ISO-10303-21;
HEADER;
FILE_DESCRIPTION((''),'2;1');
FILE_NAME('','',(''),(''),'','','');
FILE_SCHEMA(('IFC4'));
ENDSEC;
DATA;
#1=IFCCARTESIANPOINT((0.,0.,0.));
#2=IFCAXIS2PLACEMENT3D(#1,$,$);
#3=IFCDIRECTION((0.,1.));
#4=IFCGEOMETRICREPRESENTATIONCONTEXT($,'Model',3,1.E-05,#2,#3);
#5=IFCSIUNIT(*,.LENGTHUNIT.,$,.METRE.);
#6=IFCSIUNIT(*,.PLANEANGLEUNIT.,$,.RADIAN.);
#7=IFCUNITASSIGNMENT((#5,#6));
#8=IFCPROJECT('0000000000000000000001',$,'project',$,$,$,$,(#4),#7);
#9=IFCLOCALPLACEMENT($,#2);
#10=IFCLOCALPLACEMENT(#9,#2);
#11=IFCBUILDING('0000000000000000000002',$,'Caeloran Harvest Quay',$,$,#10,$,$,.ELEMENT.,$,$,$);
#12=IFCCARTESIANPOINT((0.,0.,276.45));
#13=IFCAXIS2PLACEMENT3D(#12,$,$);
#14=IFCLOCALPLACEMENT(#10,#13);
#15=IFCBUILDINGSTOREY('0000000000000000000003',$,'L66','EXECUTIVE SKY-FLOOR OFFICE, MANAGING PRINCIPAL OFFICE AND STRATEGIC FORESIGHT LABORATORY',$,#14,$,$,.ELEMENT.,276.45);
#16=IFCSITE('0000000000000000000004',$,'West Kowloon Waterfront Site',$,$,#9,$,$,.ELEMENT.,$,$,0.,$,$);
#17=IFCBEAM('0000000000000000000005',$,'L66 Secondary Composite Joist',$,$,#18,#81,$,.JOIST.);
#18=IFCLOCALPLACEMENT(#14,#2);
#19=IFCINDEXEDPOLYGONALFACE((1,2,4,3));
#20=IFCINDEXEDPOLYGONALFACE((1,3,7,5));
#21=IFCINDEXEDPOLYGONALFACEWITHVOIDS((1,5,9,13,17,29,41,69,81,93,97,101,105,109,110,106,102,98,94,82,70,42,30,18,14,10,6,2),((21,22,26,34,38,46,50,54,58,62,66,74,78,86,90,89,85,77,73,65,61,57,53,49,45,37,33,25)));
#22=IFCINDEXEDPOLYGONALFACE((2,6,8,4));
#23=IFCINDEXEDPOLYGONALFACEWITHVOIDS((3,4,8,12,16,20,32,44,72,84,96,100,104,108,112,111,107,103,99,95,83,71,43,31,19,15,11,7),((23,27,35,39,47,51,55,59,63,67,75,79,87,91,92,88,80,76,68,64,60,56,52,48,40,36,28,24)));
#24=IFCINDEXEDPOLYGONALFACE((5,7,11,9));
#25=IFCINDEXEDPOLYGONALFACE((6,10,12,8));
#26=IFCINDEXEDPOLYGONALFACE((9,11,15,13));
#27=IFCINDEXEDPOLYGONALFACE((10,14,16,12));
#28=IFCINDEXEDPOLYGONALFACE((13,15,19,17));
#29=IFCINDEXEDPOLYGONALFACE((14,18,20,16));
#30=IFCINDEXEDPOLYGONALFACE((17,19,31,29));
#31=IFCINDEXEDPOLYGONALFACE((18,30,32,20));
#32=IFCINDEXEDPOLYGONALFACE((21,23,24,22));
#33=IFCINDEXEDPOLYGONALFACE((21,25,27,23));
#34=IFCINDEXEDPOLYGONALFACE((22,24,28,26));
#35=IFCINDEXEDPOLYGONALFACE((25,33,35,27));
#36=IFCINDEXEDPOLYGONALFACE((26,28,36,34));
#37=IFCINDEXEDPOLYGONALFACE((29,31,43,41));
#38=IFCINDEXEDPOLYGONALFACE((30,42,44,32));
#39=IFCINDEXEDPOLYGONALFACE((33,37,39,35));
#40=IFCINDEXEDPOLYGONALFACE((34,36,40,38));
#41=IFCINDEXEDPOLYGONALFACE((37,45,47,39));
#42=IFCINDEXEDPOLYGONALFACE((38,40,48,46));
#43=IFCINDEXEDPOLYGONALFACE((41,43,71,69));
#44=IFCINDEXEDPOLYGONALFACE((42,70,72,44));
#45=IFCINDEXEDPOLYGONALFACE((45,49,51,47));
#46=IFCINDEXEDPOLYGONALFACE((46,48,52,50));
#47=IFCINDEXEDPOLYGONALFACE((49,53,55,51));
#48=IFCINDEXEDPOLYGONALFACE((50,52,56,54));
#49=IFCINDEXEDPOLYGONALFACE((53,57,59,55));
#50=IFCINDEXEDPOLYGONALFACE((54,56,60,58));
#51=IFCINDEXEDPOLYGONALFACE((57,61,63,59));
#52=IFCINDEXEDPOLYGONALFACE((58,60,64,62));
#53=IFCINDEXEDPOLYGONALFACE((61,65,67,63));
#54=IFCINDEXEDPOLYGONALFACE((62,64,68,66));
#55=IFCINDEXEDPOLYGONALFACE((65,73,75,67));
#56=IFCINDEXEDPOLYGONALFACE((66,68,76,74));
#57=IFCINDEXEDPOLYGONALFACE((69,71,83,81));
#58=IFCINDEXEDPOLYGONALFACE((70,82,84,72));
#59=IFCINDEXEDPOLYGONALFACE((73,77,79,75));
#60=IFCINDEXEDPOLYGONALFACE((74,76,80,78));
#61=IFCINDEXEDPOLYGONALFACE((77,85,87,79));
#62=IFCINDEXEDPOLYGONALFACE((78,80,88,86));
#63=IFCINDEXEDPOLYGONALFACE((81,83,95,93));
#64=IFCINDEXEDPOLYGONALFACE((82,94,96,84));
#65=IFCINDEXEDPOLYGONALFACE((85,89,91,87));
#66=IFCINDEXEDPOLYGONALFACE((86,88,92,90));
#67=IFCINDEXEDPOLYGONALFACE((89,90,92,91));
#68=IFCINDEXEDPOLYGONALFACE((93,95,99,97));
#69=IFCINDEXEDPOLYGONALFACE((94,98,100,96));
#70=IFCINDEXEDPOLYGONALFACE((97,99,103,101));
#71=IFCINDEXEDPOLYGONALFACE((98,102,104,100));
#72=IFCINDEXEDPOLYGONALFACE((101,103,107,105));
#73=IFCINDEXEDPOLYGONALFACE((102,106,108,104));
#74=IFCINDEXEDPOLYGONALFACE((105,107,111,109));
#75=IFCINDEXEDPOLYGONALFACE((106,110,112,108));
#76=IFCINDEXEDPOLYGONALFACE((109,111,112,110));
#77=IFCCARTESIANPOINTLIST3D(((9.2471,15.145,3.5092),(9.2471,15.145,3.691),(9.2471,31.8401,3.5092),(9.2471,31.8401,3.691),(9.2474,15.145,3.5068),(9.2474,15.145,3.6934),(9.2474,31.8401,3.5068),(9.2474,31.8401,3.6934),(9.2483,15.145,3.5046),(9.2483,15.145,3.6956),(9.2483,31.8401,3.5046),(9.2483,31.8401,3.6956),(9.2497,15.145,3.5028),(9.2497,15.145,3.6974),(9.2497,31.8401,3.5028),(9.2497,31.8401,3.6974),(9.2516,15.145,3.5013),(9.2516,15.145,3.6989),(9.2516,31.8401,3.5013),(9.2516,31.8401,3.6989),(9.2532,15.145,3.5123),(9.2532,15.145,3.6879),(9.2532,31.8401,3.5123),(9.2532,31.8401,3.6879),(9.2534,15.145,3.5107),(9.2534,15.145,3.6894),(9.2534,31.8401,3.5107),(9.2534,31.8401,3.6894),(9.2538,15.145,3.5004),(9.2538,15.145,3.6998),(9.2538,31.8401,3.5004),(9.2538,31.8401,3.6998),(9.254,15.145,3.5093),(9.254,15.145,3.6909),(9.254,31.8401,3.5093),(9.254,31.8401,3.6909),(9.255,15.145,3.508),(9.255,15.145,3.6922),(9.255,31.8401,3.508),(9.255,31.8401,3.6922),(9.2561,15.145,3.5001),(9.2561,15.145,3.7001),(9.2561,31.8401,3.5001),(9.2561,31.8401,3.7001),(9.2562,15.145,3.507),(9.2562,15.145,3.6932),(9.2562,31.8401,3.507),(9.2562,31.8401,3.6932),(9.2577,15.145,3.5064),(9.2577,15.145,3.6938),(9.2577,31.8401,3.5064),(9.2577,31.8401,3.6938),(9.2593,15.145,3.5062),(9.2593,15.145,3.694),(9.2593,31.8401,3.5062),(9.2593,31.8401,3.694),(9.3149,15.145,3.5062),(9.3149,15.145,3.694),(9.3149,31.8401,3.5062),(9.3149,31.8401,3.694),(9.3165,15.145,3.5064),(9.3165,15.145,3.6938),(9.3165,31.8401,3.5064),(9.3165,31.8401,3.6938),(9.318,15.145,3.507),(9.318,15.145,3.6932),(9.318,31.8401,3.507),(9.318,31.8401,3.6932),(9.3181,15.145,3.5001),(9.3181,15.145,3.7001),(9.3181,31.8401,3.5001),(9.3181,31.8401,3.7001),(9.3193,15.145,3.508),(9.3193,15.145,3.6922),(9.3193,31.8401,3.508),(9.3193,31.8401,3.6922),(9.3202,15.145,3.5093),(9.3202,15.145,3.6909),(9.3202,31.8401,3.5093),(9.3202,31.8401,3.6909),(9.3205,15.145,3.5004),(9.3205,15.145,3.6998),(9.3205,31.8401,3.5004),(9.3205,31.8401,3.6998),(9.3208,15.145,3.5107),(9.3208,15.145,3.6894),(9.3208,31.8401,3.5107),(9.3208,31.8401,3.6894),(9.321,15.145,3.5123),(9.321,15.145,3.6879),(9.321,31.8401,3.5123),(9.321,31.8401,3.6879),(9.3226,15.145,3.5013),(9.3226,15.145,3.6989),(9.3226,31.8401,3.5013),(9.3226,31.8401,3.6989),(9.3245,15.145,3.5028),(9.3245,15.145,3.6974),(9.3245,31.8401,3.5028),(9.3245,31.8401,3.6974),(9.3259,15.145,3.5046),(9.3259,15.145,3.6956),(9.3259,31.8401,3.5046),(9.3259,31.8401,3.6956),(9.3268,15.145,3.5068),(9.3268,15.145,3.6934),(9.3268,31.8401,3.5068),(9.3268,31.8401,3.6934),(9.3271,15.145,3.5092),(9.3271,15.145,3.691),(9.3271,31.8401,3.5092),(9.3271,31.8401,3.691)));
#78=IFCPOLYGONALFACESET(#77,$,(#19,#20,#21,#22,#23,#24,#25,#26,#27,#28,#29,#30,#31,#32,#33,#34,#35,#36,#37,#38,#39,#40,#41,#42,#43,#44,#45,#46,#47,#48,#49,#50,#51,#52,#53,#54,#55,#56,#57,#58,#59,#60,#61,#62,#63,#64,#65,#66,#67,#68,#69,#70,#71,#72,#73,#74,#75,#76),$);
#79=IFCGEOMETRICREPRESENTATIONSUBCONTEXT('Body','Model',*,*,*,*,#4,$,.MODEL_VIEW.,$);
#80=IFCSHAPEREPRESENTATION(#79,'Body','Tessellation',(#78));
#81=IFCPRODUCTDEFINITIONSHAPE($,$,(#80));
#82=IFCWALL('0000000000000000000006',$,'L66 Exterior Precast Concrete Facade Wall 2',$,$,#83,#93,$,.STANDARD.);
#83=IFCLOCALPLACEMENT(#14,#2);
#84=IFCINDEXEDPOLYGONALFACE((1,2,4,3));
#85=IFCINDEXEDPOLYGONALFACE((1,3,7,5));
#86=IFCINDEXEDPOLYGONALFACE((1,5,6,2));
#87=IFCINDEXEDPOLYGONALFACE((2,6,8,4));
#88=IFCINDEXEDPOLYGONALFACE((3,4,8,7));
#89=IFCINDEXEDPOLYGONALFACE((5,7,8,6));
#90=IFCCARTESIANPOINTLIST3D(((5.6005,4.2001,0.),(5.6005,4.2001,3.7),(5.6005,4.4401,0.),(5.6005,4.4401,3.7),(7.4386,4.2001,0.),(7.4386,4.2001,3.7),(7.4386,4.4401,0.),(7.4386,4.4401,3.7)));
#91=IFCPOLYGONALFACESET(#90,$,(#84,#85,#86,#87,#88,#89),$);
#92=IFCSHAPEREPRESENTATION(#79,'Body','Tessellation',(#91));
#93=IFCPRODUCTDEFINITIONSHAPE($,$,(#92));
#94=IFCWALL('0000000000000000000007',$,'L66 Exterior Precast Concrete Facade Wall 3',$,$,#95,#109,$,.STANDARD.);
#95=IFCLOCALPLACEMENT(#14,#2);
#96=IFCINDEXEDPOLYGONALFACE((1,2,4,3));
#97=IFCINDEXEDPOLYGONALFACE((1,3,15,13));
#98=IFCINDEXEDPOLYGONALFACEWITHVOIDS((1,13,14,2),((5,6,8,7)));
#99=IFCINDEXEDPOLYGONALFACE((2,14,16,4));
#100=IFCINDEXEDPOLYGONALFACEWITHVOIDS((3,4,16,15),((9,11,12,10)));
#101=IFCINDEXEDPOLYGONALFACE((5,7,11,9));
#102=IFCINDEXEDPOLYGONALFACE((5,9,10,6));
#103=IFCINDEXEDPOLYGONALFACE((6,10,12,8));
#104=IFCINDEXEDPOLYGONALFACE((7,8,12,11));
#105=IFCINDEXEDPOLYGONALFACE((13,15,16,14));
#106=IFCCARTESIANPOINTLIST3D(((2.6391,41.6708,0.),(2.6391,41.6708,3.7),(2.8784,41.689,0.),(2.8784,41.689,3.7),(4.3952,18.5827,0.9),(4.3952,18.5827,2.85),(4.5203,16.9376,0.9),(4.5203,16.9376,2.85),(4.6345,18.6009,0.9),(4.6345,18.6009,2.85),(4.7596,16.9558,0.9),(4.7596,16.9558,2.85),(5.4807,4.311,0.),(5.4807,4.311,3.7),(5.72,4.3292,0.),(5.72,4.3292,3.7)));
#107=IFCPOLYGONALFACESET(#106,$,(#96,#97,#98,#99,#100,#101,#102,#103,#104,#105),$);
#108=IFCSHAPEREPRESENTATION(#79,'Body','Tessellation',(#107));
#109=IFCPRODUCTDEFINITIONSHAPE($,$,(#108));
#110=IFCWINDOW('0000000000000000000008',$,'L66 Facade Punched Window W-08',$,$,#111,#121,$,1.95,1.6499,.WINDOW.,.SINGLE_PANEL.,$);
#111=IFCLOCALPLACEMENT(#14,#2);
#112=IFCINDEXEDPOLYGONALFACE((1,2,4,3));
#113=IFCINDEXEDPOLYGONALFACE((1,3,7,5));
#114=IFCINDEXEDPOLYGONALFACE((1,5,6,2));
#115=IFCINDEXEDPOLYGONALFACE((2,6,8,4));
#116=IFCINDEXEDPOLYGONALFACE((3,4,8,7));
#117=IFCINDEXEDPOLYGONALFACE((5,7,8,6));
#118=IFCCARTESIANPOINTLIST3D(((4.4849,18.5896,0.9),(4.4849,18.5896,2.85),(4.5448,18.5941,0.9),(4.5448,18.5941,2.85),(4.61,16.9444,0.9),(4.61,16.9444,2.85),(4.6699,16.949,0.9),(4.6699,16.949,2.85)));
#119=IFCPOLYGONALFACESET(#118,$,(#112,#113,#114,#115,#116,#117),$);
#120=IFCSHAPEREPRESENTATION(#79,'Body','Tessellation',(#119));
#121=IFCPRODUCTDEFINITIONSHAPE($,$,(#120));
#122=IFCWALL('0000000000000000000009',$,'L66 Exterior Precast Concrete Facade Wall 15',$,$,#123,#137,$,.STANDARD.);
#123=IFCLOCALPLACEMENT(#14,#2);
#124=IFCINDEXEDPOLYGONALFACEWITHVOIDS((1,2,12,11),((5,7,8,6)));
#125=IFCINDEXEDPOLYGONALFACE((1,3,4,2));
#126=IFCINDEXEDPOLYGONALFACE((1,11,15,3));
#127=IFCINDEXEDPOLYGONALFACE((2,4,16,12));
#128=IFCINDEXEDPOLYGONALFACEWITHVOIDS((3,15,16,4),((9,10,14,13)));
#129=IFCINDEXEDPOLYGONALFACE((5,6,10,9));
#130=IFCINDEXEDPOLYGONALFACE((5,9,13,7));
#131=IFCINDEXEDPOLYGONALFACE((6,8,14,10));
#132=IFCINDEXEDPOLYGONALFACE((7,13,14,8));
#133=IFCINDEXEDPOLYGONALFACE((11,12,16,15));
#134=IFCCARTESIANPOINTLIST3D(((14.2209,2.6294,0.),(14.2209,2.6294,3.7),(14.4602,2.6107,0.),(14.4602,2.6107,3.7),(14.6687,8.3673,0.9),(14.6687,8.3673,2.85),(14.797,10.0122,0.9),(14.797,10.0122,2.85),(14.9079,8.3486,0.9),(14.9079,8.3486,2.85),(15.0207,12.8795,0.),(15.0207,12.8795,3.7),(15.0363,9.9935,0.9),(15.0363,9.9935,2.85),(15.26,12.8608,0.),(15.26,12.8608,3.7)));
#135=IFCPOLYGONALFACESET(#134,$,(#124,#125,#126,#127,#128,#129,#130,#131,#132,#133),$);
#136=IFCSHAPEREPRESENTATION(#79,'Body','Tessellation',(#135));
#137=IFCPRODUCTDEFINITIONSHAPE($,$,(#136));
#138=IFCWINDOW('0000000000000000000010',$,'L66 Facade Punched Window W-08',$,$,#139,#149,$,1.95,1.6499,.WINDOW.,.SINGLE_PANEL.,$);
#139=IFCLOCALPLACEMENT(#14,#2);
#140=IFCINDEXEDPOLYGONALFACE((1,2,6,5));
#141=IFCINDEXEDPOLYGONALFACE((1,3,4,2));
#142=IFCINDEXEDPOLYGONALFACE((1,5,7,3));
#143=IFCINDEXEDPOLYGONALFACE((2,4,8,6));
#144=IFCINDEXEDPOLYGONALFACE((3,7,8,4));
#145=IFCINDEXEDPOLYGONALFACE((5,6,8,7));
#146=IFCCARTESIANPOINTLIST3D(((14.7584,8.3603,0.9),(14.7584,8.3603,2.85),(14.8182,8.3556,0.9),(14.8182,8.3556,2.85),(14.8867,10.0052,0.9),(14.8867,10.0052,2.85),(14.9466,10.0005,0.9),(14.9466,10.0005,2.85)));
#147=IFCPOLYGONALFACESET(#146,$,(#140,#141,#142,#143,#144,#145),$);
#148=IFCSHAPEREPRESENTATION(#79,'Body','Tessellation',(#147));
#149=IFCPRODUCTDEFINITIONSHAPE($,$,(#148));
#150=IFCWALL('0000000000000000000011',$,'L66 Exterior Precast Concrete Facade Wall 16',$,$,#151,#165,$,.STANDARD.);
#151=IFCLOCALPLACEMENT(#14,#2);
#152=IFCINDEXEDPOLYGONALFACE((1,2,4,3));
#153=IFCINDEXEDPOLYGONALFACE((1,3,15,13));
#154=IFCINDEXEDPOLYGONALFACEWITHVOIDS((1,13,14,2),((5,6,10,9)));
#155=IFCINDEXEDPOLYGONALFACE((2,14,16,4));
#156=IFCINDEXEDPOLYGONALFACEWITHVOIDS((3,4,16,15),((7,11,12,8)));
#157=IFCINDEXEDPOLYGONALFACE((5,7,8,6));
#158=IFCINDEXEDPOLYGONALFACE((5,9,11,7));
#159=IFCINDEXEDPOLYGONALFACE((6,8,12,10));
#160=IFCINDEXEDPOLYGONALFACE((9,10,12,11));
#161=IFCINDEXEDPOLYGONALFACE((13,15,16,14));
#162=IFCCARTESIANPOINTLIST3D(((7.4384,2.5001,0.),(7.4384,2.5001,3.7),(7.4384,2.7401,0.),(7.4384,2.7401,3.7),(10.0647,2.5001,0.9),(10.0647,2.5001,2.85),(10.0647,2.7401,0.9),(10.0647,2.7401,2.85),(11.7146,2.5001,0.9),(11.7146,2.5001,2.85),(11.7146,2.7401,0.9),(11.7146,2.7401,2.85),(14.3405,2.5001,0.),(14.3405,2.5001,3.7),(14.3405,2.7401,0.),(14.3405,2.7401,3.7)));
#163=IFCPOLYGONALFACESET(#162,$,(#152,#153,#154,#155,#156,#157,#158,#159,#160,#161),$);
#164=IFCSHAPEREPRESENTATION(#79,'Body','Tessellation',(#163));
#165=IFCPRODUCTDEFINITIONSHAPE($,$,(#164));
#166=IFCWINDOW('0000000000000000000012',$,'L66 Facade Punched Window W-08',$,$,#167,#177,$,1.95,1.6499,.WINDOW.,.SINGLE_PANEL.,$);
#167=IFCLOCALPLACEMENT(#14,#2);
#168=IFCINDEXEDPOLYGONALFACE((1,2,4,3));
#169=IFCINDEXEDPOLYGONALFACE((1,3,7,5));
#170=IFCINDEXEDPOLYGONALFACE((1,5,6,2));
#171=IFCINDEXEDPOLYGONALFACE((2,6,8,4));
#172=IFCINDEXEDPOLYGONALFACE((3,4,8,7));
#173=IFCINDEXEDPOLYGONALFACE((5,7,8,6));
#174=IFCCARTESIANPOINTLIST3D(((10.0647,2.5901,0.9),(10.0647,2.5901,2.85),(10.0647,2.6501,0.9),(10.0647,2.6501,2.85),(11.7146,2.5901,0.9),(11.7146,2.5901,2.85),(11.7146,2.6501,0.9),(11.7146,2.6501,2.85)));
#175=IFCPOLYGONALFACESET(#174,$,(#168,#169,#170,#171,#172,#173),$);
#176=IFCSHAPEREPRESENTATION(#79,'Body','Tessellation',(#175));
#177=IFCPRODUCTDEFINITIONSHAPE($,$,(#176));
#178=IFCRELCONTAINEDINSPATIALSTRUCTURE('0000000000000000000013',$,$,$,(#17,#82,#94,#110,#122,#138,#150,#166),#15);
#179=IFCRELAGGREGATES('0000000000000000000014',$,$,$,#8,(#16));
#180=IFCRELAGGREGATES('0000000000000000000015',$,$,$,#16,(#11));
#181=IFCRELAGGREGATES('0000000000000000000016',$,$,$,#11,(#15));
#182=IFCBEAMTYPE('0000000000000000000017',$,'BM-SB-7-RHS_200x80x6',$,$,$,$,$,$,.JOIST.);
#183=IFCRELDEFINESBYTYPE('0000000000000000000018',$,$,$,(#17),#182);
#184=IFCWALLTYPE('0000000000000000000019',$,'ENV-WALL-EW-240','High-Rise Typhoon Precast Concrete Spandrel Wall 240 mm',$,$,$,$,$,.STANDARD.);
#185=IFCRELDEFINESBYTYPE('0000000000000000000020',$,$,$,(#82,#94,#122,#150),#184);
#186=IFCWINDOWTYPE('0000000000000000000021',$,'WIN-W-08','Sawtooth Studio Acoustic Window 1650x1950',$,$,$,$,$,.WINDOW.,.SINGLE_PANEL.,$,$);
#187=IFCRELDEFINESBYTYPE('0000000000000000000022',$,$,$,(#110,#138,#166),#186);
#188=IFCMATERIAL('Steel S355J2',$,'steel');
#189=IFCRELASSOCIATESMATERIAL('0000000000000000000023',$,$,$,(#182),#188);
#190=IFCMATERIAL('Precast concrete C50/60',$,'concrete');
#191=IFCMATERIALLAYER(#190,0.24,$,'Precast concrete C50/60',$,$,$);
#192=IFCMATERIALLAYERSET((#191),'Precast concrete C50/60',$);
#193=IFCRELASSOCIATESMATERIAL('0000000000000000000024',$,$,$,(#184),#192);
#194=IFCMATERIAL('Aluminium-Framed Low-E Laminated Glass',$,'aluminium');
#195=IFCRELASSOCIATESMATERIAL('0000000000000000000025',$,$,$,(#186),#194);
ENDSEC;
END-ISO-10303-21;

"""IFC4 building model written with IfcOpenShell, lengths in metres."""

from ifc_helpers import new_model, si_unit, direction, frame, frame_2d, origin, origin_2d, place, context, subcontext, project, spatial, rectangle, hollow_rectangle, extrude, material, layer, layer_set, material_profile, profile_set, type_object, element, fill, save


model = new_model("IFC4")

# Units and contexts
model_context = context("Model", 3, precision=1e-05, world=origin(), true_north=direction((0.0, 1.0)))
body_context = subcontext(model_context, "Body", "Model", "MODEL_VIEW")
ifc_project = project(units=[si_unit("LENGTHUNIT", "METRE"), si_unit("PLANEANGLEUNIT", "RADIAN")], contexts=[model_context])

# Site, building, storey
site_placement = place(None, origin())
site = spatial("IfcSite", under=ifc_project, at=site_placement, Name="West Kowloon Waterfront Site", CompositionType="ELEMENT", RefElevation=0.0)
building_placement = place(site_placement, origin())
building = spatial("IfcBuilding", under=site, at=building_placement, Name="Caeloran Harvest Quay", CompositionType="ELEMENT")
storey_placement = place(building_placement, frame((0.0, 0.0, 276.45)))
storey = spatial("IfcBuildingStorey", under=building, at=storey_placement, Name="L66", Description="EXECUTIVE SKY-FLOOR OFFICE, MANAGING PRINCIPAL OFFICE AND STRATEGIC FORESIGHT LABORATORY", CompositionType="ELEMENT", Elevation=276.45)

# Beam
ifc_material_1 = material(Name="Steel S355J2", Category="steel")
ifc_material_profile_1 = material_profile(ifc_material_1, hollow_rectangle(XDim=0.0801, YDim=0.2, WallThickness=0.0061, InnerFilletRadius=0.0061, OuterFilletRadius=0.009, at=origin_2d()), Name="RHS 200x80x6")
ifc_profile_set_1 = profile_set([ifc_material_profile_1], Name="Steel S355J2")
beam_type_1 = type_object("IfcBeamType", Name="BM-SB-7-RHS_200x80x6", PredefinedType="JOIST", material=ifc_profile_set_1)
for number, where, z_axis, x_axis, name in (
    (1, (9.2871, 15.145, 3.6001), (0.0, 1.0, 0.0), (-1.0, 0.0, 0.0), "L66 Secondary Composite Joist"),
):
    element("IfcBeam", number, at=place(storey_placement, frame(where, z_axis=z_axis, x_axis=x_axis)), inside=storey, type_object=beam_type_1, Name=name, PredefinedType="JOIST", context=body_context, shape_type="SweptSolid", body=[
        extrude(hollow_rectangle(XDim=0.0801, YDim=0.2, WallThickness=0.0061, InnerFilletRadius=0.0061, OuterFilletRadius=0.009, at=origin_2d()), origin(), (0.0, 0.0, 1.0), 16.6951),
    ])

# Wall
ifc_material_2 = material(Name="Precast concrete C50/60", Category="concrete")
ifc_layer_1 = layer(ifc_material_2, 0.24, Name="Precast concrete C50/60")
ifc_layer_set_1 = layer_set([ifc_layer_1], Name="Precast concrete C50/60")
wall_type_1 = type_object("IfcWallType", Name="ENV-WALL-EW-240", Description="High-Rise Typhoon Precast Concrete Spandrel Wall 240 mm", PredefinedType="STANDARD", material=ifc_layer_set_1)
wall_1_placement = place(storey_placement, frame((7.4385, 4.3201, 0.0), z_axis=(0.0, 0.0, 1.0), x_axis=(-1.0, 0.0, 0.0)))
element("IfcWall", 2, at=wall_1_placement, inside=storey, type_object=wall_type_1, Name="L66 Exterior Precast Concrete Facade Wall 2", PredefinedType="STANDARD", context=body_context, shape_type="SweptSolid", body=[
    extrude(rectangle(XDim=1.8381, YDim=0.24, at=frame_2d((0.9189, 0.0))), origin(), (0.0, 0.0, 1.0), 3.7),
])

# Walls, openings, windows
wall_2_placement = place(storey_placement, frame((5.6003, 4.3201, 0.0), z_axis=(0.0, 0.0, 1.0), x_axis=(-0.07584, 0.99712, 0.0)))
wall_2 = element("IfcWall", 3, at=wall_2_placement, inside=storey, type_object=wall_type_1, Name="L66 Exterior Precast Concrete Facade Wall 3", PredefinedType="STANDARD", context=body_context, shape_type="SweptSolid", body=[
    extrude(rectangle(XDim=37.4678, YDim=0.24, at=frame_2d((18.7339, 0.0))), origin(), (0.0, 0.0, 1.0), 3.7),
])
opening_1_placement = place(wall_2_placement, frame((12.6631, 0.0, 0.8999)))
opening_1 = element("IfcOpeningElement", 4, at=opening_1_placement, cuts=wall_2, PredefinedType="OPENING", context=body_context, shape_type="SweptSolid", body=[
    extrude(rectangle(XDim=1.6499, YDim=1.95, at=frame_2d((0.825, 0.9751))), frame((0.0, 0.1299, 0.0), z_axis=(0.0, -1.0, 0.0), x_axis=(1.0, 0.0, 0.0)), (0.0, 0.0, 1.0), 0.26),
])
ifc_material_3 = material(Name="Aluminium-Framed Low-E Laminated Glass", Category="aluminium")
window_type = type_object("IfcWindowType", Name="WIN-W-08", Description="Sawtooth Studio Acoustic Window 1650x1950", PartitioningType="SINGLE_PANEL", PredefinedType="WINDOW", material=ifc_material_3)
window_1_placement = place(opening_1_placement, origin())
window_1 = element("IfcWindow", 5, at=window_1_placement, inside=storey, type_object=window_type, Name="L66 Facade Punched Window W-08", OverallHeight=1.95, OverallWidth=1.6499, PartitioningType="SINGLE_PANEL", PredefinedType="WINDOW", context=body_context, shape_type="SweptSolid", body=[
    extrude(rectangle(XDim=1.6499, YDim=1.95, at=frame_2d((0.825, 0.9751))), frame((0.0, 0.03, 0.0), z_axis=(0.0, -1.0, 0.0), x_axis=(1.0, 0.0, 0.0)), (0.0, 0.0, 1.0), 0.0601),
])
fill(opening_1, window_1)
wall_3_placement = place(storey_placement, frame((15.1404, 12.8701, 0.0), z_axis=(0.0, 0.0, 1.0), x_axis=(-0.077793, -0.99697, 0.0)))
wall_3 = element("IfcWall", 6, at=wall_3_placement, inside=storey, type_object=wall_type_1, Name="L66 Exterior Precast Concrete Facade Wall 15", PredefinedType="STANDARD", context=body_context, shape_type="SweptSolid", body=[
    extrude(rectangle(XDim=10.2812, YDim=0.24, at=frame_2d((5.1406, 0.0))), origin(), (0.0, 0.0, 1.0), 3.7),
])
opening_2_placement = place(wall_3_placement, frame((2.876, 0.0, 0.8999)))
opening_2 = element("IfcOpeningElement", 7, at=opening_2_placement, cuts=wall_3, PredefinedType="OPENING", context=body_context, shape_type="SweptSolid", body=[
    extrude(rectangle(XDim=1.6499, YDim=1.95, at=frame_2d((0.825, 0.9751))), frame((0.0, 0.1299, 0.0), z_axis=(0.0, -1.0, 0.0), x_axis=(1.0, 0.0, 0.0)), (0.0, 0.0, 1.0), 0.26),
])
window_2_placement = place(opening_2_placement, origin())
window_2 = element("IfcWindow", 8, at=window_2_placement, inside=storey, type_object=window_type, Name="L66 Facade Punched Window W-08", OverallHeight=1.95, OverallWidth=1.6499, PartitioningType="SINGLE_PANEL", PredefinedType="WINDOW", context=body_context, shape_type="SweptSolid", body=[
    extrude(rectangle(XDim=1.6499, YDim=1.95, at=frame_2d((0.825, 0.9751))), frame((0.0, 0.03, 0.0), z_axis=(0.0, -1.0, 0.0), x_axis=(1.0, 0.0, 0.0)), (0.0, 0.0, 1.0), 0.0601),
])
fill(opening_2, window_2)
wall_4_placement = place(storey_placement, frame((14.3406, 2.6201, 0.0), z_axis=(0.0, 0.0, 1.0), x_axis=(-1.0, 0.0, 0.0)))
wall_4 = element("IfcWall", 9, at=wall_4_placement, inside=storey, type_object=wall_type_1, Name="L66 Exterior Precast Concrete Facade Wall 16", PredefinedType="STANDARD", context=body_context, shape_type="SweptSolid", body=[
    extrude(rectangle(XDim=6.9021, YDim=0.24, at=frame_2d((3.4512, 0.0))), origin(), (0.0, 0.0, 1.0), 3.7),
])
opening_3_placement = place(wall_4_placement, frame((2.626, 0.0, 0.8999)))
opening_3 = element("IfcOpeningElement", 10, at=opening_3_placement, cuts=wall_4, PredefinedType="OPENING", context=body_context, shape_type="SweptSolid", body=[
    extrude(rectangle(XDim=1.6499, YDim=1.95, at=frame_2d((0.825, 0.9751))), frame((0.0, 0.1299, 0.0), z_axis=(0.0, -1.0, 0.0), x_axis=(1.0, 0.0, 0.0)), (0.0, 0.0, 1.0), 0.26),
])
window_3_placement = place(opening_3_placement, origin())
window_3 = element("IfcWindow", 11, at=window_3_placement, inside=storey, type_object=window_type, Name="L66 Facade Punched Window W-08", OverallHeight=1.95, OverallWidth=1.6499, PartitioningType="SINGLE_PANEL", PredefinedType="WINDOW", context=body_context, shape_type="SweptSolid", body=[
    extrude(rectangle(XDim=1.6499, YDim=1.95, at=frame_2d((0.825, 0.9751))), frame((0.0, 0.03, 0.0), z_axis=(0.0, -1.0, 0.0), x_axis=(1.0, 0.0, 0.0)), (0.0, 0.0, 1.0), 0.0601),
])
fill(opening_3, window_3)

save(model, "model.ifc")
